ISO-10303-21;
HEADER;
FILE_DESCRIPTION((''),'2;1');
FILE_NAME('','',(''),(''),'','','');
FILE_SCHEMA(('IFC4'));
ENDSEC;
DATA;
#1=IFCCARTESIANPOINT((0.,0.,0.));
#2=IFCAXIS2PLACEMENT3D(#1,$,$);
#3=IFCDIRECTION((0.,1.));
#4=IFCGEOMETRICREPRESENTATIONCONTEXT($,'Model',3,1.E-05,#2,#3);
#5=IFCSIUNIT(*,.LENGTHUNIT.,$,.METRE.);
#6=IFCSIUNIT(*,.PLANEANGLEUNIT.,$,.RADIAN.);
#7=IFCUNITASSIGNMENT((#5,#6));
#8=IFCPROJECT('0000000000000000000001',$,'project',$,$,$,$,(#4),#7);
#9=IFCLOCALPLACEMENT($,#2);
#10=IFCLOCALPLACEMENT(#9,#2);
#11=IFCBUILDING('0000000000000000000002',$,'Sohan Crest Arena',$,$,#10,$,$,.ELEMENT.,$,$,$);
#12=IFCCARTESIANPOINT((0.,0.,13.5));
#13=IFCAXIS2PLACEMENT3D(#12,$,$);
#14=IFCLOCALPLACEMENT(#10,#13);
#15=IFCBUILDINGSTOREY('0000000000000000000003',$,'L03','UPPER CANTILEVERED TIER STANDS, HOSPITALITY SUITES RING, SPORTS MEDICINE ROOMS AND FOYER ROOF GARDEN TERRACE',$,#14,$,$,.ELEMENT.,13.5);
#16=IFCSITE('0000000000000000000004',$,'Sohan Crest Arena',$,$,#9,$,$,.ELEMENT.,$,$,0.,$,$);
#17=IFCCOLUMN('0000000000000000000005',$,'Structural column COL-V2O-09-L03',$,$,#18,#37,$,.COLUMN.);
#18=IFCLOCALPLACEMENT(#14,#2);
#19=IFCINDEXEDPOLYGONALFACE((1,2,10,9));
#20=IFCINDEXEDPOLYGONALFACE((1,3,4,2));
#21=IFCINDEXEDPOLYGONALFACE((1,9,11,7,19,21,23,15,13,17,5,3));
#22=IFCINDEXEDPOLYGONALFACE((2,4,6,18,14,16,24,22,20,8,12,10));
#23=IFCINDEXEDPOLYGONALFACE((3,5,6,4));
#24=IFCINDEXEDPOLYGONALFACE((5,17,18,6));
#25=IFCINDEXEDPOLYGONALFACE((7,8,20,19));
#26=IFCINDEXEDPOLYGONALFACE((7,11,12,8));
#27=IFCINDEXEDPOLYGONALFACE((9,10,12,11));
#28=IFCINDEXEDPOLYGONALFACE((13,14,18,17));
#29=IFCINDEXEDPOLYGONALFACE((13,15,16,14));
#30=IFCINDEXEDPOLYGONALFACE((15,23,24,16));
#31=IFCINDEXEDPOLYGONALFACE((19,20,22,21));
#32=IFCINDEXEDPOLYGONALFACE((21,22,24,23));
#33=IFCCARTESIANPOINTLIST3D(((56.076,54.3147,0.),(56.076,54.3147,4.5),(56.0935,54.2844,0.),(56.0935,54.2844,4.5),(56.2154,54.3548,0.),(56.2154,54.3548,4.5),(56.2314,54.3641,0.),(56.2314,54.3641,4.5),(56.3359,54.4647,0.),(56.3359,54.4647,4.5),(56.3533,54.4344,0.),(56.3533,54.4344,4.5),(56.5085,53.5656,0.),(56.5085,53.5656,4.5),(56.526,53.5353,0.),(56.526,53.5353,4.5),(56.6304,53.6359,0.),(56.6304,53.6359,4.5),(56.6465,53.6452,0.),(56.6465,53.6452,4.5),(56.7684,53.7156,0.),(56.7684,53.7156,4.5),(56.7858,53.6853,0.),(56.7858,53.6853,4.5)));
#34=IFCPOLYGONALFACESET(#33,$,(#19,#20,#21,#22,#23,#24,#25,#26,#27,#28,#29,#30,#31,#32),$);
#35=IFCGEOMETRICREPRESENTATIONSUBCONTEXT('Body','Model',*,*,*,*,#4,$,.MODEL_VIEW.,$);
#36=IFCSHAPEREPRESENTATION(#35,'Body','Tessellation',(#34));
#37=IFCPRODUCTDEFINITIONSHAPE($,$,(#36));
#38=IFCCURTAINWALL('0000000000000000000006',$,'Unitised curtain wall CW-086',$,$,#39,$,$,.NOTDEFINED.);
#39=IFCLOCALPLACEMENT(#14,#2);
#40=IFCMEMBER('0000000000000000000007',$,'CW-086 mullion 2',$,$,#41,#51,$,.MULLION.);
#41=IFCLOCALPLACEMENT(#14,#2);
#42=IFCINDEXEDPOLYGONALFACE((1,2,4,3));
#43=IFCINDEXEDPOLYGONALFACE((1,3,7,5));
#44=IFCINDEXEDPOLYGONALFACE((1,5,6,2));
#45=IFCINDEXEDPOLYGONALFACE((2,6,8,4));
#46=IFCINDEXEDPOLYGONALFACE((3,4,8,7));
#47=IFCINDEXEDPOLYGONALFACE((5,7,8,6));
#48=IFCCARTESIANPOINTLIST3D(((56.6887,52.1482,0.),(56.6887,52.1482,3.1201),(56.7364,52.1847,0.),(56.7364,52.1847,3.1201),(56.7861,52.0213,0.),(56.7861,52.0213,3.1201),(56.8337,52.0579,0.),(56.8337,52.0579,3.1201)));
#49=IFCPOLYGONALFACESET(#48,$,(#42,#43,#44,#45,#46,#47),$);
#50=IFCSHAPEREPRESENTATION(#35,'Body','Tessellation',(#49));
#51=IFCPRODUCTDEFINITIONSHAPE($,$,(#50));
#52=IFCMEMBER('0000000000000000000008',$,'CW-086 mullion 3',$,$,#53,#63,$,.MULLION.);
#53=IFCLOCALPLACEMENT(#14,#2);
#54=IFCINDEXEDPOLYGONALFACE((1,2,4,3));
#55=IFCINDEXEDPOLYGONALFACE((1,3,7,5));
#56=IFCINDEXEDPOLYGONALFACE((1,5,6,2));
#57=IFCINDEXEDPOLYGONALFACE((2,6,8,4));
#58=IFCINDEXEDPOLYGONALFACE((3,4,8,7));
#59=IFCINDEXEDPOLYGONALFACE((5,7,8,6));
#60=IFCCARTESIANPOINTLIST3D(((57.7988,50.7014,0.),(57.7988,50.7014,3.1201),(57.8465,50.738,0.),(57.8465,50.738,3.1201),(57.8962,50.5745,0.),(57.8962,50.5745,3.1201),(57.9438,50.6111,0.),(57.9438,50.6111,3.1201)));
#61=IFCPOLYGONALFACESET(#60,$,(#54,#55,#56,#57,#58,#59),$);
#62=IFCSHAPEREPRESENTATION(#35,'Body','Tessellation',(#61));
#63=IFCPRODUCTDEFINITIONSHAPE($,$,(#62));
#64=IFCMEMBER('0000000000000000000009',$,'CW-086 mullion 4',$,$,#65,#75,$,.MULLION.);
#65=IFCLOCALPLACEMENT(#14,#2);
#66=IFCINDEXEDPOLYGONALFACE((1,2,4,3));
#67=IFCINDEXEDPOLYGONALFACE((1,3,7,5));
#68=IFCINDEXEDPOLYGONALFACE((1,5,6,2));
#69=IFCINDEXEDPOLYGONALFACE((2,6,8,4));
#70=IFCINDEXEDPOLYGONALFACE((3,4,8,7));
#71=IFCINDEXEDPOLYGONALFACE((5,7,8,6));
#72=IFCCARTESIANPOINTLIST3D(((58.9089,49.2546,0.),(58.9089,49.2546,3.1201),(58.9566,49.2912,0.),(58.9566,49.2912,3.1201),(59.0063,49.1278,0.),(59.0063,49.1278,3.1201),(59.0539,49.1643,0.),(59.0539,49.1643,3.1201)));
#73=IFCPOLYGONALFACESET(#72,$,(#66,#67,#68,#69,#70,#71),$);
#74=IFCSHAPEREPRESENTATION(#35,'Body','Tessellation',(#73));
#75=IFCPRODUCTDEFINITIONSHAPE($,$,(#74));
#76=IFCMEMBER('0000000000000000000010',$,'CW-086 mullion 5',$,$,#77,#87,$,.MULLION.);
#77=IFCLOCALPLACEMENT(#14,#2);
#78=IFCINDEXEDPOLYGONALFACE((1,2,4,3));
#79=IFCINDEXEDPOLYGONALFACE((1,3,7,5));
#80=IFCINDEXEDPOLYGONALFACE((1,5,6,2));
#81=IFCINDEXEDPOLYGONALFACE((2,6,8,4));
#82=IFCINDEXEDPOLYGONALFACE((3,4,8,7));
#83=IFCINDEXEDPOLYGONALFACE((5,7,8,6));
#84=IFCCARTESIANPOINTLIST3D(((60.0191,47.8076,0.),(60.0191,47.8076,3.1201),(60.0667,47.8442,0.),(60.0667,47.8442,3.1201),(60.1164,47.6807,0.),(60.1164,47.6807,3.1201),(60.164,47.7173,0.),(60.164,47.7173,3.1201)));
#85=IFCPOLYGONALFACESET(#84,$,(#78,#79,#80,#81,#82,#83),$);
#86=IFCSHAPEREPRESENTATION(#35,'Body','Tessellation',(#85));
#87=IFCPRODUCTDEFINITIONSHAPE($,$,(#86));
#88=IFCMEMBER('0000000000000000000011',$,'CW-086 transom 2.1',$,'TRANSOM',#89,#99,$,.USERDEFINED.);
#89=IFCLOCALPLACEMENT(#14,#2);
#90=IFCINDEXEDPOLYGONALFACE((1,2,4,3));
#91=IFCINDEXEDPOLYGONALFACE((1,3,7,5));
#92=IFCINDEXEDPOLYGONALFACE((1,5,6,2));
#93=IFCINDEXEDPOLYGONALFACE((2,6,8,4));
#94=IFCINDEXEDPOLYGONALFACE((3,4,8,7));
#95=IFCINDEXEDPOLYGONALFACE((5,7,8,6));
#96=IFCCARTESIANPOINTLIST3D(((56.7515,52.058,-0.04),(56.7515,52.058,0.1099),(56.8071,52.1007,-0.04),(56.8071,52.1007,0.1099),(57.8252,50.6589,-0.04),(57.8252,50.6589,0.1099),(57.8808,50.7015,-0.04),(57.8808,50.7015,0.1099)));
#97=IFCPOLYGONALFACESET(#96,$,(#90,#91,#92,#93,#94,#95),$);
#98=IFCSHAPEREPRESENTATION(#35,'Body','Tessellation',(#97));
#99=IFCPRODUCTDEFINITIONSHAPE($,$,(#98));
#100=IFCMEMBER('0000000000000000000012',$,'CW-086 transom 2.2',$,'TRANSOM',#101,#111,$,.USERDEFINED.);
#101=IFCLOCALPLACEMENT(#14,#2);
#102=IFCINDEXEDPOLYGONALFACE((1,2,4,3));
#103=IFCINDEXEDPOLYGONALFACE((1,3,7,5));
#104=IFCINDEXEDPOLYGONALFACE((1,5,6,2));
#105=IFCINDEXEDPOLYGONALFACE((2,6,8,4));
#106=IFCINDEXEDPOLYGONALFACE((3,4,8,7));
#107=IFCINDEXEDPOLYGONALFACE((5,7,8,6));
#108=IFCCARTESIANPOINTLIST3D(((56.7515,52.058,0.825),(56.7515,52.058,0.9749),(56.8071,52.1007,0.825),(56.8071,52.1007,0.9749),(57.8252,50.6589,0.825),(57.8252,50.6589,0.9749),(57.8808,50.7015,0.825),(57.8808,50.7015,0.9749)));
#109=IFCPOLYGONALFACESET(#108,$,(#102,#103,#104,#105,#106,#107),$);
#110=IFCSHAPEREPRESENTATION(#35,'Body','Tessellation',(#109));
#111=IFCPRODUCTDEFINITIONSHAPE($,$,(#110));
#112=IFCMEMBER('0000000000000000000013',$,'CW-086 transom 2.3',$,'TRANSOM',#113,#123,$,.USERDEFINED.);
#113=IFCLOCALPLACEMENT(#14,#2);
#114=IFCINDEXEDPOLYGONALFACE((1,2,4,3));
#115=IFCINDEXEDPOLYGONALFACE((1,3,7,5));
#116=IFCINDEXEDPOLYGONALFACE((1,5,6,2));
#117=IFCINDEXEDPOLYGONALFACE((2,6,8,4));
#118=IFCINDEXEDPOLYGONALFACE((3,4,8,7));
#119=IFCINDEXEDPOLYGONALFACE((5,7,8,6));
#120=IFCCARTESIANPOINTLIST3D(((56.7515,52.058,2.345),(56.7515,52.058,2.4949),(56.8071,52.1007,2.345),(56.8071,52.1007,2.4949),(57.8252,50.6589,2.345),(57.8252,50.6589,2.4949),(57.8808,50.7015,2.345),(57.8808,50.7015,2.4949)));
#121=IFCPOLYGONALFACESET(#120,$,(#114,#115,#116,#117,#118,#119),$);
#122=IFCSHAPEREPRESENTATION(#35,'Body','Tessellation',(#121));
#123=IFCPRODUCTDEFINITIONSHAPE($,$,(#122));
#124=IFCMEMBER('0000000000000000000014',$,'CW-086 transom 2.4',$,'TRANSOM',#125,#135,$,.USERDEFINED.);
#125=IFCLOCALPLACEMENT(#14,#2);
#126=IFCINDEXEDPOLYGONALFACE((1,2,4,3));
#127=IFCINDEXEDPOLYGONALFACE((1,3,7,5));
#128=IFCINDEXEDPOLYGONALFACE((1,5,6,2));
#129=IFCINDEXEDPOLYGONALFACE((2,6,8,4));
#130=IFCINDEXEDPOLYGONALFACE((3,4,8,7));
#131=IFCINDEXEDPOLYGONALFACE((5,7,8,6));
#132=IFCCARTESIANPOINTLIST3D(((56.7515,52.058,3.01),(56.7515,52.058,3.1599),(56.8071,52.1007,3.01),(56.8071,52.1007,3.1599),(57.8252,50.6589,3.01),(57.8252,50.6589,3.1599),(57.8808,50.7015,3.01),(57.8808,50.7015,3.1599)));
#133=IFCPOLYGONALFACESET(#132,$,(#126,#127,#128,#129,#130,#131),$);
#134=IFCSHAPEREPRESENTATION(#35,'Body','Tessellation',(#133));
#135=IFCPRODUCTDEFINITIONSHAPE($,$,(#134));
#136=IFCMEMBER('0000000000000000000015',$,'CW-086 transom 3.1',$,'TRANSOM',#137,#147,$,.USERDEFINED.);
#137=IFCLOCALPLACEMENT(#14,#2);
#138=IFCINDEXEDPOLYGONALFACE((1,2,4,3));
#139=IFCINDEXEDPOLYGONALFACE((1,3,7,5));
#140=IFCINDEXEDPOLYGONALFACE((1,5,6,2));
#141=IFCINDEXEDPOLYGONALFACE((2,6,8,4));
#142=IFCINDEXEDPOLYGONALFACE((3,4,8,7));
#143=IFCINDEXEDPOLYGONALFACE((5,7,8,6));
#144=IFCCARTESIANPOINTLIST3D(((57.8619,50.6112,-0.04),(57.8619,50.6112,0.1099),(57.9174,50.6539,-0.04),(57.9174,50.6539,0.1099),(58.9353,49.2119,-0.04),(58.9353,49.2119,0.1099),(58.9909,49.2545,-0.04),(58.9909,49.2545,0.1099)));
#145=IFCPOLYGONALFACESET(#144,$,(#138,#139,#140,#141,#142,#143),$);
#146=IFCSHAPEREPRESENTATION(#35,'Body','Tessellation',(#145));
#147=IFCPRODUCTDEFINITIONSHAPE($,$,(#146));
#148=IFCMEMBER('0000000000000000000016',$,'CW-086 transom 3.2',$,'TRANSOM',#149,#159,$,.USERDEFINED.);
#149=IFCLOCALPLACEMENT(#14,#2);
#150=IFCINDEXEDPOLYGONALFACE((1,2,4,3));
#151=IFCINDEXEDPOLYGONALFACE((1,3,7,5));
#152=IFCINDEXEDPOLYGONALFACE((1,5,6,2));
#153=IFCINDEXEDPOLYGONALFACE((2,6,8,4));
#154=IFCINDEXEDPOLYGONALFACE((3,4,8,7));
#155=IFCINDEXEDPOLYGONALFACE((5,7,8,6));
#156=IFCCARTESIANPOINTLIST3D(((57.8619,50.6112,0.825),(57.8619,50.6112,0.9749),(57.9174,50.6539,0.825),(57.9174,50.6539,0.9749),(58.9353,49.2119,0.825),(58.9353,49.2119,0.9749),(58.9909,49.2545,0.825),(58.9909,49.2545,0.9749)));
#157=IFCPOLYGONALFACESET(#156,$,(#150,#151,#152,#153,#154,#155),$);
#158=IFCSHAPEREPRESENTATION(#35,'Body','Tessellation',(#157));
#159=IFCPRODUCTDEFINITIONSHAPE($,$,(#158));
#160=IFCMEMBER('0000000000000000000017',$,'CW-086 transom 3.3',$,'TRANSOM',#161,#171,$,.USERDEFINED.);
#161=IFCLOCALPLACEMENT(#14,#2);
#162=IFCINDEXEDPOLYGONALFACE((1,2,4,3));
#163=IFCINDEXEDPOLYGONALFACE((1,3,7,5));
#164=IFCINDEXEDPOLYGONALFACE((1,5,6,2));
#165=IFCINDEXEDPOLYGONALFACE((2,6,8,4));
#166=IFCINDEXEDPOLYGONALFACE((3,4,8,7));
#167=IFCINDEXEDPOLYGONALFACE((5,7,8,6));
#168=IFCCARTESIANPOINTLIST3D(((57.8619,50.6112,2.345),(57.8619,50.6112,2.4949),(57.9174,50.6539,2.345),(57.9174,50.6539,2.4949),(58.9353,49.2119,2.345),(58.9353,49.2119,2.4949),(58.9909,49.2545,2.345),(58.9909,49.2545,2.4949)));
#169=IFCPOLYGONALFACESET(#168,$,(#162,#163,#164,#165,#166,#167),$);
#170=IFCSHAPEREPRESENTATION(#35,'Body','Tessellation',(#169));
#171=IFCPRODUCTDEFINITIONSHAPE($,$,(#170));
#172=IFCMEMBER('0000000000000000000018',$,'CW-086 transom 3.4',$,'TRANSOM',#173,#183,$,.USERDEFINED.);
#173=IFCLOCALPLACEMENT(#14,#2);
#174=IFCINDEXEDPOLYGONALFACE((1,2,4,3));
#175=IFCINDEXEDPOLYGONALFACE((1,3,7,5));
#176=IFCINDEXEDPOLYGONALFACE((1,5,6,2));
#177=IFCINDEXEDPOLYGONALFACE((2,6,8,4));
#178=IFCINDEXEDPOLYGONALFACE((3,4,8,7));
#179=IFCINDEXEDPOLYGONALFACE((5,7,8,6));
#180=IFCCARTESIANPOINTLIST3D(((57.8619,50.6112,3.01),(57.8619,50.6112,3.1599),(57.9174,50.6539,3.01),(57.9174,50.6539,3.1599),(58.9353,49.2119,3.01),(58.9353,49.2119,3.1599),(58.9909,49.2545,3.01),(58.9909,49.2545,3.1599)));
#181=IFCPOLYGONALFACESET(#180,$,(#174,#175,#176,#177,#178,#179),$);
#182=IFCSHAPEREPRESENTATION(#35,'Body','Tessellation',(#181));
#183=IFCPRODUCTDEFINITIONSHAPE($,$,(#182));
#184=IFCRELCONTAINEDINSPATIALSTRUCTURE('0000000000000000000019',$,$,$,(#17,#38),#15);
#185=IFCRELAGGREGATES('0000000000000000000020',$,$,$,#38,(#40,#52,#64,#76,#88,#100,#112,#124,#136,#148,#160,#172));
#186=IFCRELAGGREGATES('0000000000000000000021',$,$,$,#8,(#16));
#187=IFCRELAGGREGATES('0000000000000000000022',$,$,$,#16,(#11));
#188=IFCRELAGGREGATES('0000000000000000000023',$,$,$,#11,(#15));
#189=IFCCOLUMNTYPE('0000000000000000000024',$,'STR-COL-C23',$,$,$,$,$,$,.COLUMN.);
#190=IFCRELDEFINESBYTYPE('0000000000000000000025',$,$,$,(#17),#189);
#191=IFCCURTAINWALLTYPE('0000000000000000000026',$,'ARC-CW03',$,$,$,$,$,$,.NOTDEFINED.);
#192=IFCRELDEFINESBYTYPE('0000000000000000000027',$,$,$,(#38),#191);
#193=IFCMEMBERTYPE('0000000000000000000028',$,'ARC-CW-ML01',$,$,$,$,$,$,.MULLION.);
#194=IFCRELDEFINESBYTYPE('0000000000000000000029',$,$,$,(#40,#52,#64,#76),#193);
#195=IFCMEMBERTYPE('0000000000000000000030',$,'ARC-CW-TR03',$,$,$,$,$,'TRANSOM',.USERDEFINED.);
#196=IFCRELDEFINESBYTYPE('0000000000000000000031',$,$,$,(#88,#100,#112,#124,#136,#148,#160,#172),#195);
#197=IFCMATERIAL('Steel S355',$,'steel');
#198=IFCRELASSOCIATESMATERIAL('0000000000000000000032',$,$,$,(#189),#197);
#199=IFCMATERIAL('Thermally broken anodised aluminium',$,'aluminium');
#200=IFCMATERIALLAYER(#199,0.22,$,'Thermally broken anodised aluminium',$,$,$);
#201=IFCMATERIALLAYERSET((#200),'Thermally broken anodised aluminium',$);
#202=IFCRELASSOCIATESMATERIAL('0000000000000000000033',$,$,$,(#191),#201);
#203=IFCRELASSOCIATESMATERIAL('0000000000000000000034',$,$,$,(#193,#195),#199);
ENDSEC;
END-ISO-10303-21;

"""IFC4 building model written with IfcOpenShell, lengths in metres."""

from ifc_helpers import new_model, si_unit, direction, frame, origin, origin_2d, place, context, subcontext, project, spatial, rectangle, i_section, extrude, material, layer, layer_set, material_profile, profile_set, type_object, element, aggregate, save


model = new_model("IFC4")

# Units and contexts
model_context = context("Model", 3, precision=1e-05, world=origin(), true_north=direction((0.0, 1.0)))
body_context = subcontext(model_context, "Body", "Model", "MODEL_VIEW")
ifc_project = project(units=[si_unit("LENGTHUNIT", "METRE"), si_unit("PLANEANGLEUNIT", "RADIAN")], contexts=[model_context])

# Site, building, storey
site_placement = place(None, origin())
site = spatial("IfcSite", under=ifc_project, at=site_placement, Name="Sohan Crest Arena", CompositionType="ELEMENT", RefElevation=0.0)
building_placement = place(site_placement, origin())
building = spatial("IfcBuilding", under=site, at=building_placement, Name="Sohan Crest Arena", CompositionType="ELEMENT")
storey_placement = place(building_placement, frame((0.0, 0.0, 13.5)))
storey = spatial("IfcBuildingStorey", under=building, at=storey_placement, Name="L03", Description="UPPER CANTILEVERED TIER STANDS, HOSPITALITY SUITES RING, SPORTS MEDICINE ROOMS AND FOYER ROOF GARDEN TERRACE", CompositionType="ELEMENT", Elevation=13.5)

# Column
ifc_material_1 = material(Name="Steel S355", Category="steel")
ifc_material_profile_1 = material_profile(ifc_material_1, i_section(OverallWidth=0.3, OverallDepth=0.8999, WebThickness=0.0186, FlangeThickness=0.0349, at=origin_2d()), Name="HEB 900")
ifc_profile_set_1 = profile_set([ifc_material_profile_1], Name="Steel S355")
column_type = type_object("IfcColumnType", Name="STR-COL-C23", PredefinedType="COLUMN", material=ifc_profile_set_1)
column_placement = place(storey_placement, frame((56.4309, 54.0, 0.0), z_axis=(0.0, 0.0, 1.0), x_axis=(0.866025, 0.5, 0.0)))
element("IfcColumn", 1, at=column_placement, inside=storey, type_object=column_type, Name="Structural column COL-V2O-09-L03", PredefinedType="COLUMN", context=body_context, shape_type="SweptSolid", body=[
    extrude(i_section(OverallWidth=0.3, OverallDepth=0.8999, WebThickness=0.0186, FlangeThickness=0.0349, at=origin_2d()), origin(), (0.0, 0.0, 1.0), 4.5),
])

# Curtain wall, members
ifc_material_2 = material(Name="Thermally broken anodised aluminium", Category="aluminium")
ifc_layer_1 = layer(ifc_material_2, 0.22, Name="Thermally broken anodised aluminium")
ifc_layer_set_1 = layer_set([ifc_layer_1], Name="Thermally broken anodised aluminium")
curtain_wall_type = type_object("IfcCurtainWallType", Name="ARC-CW03", PredefinedType="NOTDEFINED", material=ifc_layer_set_1)
curtain_wall_placement = place(storey_placement, origin())
curtain_wall = element("IfcCurtainWall", 2, at=curtain_wall_placement, inside=storey, type_object=curtain_wall_type, Name="Unitised curtain wall CW-086", PredefinedType="NOTDEFINED")
ifc_material_profile_2 = material_profile(ifc_material_2, rectangle(XDim=0.0601, YDim=0.1599, at=origin_2d()), Name="ALU-MULL 60x160")
ifc_profile_set_2 = profile_set([ifc_material_profile_2], Name="Thermally broken anodised aluminium")
member_type_1 = type_object("IfcMemberType", Name="ARC-CW-ML01", PredefinedType="MULLION", material=ifc_profile_set_2)
member_1_placement = place(storey_placement, frame((56.7612, 52.103, 0.0), z_axis=(0.0, 0.0, 1.0), x_axis=(0.793372, 0.608737, 0.0)))
member_1 = element("IfcMember", 3, at=member_1_placement, type_object=member_type_1, Name="CW-086 mullion 2", PredefinedType="MULLION", context=body_context, shape_type="SweptSolid", body=[
    extrude(rectangle(XDim=0.0601, YDim=0.1599, at=origin_2d()), origin(), (0.0, 0.0, 1.0), 3.1201),
])
member_2_placement = place(storey_placement, frame((57.8713, 50.6562, 0.0), z_axis=(0.0, 0.0, 1.0), x_axis=(0.793372, 0.608737, 0.0)))
member_2 = element("IfcMember", 4, at=member_2_placement, type_object=member_type_1, Name="CW-086 mullion 3", PredefinedType="MULLION", context=body_context, shape_type="SweptSolid", body=[
    extrude(rectangle(XDim=0.0601, YDim=0.1599, at=origin_2d()), origin(), (0.0, 0.0, 1.0), 3.1201),
])
member_3_placement = place(storey_placement, frame((58.9814, 49.2095, 0.0), z_axis=(0.0, 0.0, 1.0), x_axis=(0.793372, 0.608737, 0.0)))
member_3 = element("IfcMember", 5, at=member_3_placement, type_object=member_type_1, Name="CW-086 mullion 4", PredefinedType="MULLION", context=body_context, shape_type="SweptSolid", body=[
    extrude(rectangle(XDim=0.0601, YDim=0.1599, at=origin_2d()), origin(), (0.0, 0.0, 1.0), 3.1201),
])
member_4_placement = place(storey_placement, frame((60.0916, 47.7625, 0.0), z_axis=(0.0, 0.0, 1.0), x_axis=(0.793372, 0.608737, 0.0)))
member_4 = element("IfcMember", 6, at=member_4_placement, type_object=member_type_1, Name="CW-086 mullion 5", PredefinedType="MULLION", context=body_context, shape_type="SweptSolid", body=[
    extrude(rectangle(XDim=0.0601, YDim=0.1599, at=origin_2d()), origin(), (0.0, 0.0, 1.0), 3.1201),
])
ifc_material_profile_3 = material_profile(ifc_material_2, rectangle(XDim=0.0701, YDim=0.1499, at=origin_2d()), Name="ALU-TRAN 70x150")
ifc_profile_set_3 = profile_set([ifc_material_profile_3], Name="Thermally broken anodised aluminium")
member_type_2 = type_object("IfcMemberType", Name="ARC-CW-TR03", ElementType="TRANSOM", PredefinedType="USERDEFINED", material=ifc_profile_set_3)
member_5_placement = place(storey_placement, frame((56.7793, 52.0793, 0.0349), z_axis=(0.608801, -0.793323, 0.0), x_axis=(0.793323, 0.608801, 0.0)))
member_5 = element("IfcMember", 7, at=member_5_placement, type_object=member_type_2, Name="CW-086 transom 2.1", ObjectType="TRANSOM", PredefinedType="USERDEFINED", context=body_context, shape_type="SweptSolid", body=[
    extrude(rectangle(XDim=0.0701, YDim=0.1499, at=origin_2d()), origin(), (0.0, 0.0, 1.0), 1.7637),
])
member_6_placement = place(storey_placement, frame((56.7793, 52.0793, 0.8999), z_axis=(0.608801, -0.793323, 0.0), x_axis=(0.793323, 0.608801, 0.0)))
member_6 = element("IfcMember", 8, at=member_6_placement, type_object=member_type_2, Name="CW-086 transom 2.2", ObjectType="TRANSOM", PredefinedType="USERDEFINED", context=body_context, shape_type="SweptSolid", body=[
    extrude(rectangle(XDim=0.0701, YDim=0.1499, at=origin_2d()), origin(), (0.0, 0.0, 1.0), 1.7637),
])
member_7_placement = place(storey_placement, frame((56.7793, 52.0793, 2.4199), z_axis=(0.608801, -0.793323, 0.0), x_axis=(0.793323, 0.608801, 0.0)))
member_7 = element("IfcMember", 9, at=member_7_placement, type_object=member_type_2, Name="CW-086 transom 2.3", ObjectType="TRANSOM", PredefinedType="USERDEFINED", context=body_context, shape_type="SweptSolid", body=[
    extrude(rectangle(XDim=0.0701, YDim=0.1499, at=origin_2d()), origin(), (0.0, 0.0, 1.0), 1.7637),
])
member_8_placement = place(storey_placement, frame((56.7793, 52.0793, 3.085), z_axis=(0.608801, -0.793323, 0.0), x_axis=(0.793323, 0.608801, 0.0)))
member_8 = element("IfcMember", 10, at=member_8_placement, type_object=member_type_2, Name="CW-086 transom 2.4", ObjectType="TRANSOM", PredefinedType="USERDEFINED", context=body_context, shape_type="SweptSolid", body=[
    extrude(rectangle(XDim=0.0701, YDim=0.1499, at=origin_2d()), origin(), (0.0, 0.0, 1.0), 1.7637),
])
member_9_placement = place(storey_placement, frame((57.8896, 50.6326, 0.0349), z_axis=(0.608647, -0.793441, 0.0), x_axis=(0.793441, 0.608647, 0.0)))
member_9 = element("IfcMember", 11, at=member_9_placement, type_object=member_type_2, Name="CW-086 transom 3.1", ObjectType="TRANSOM", PredefinedType="USERDEFINED", context=body_context, shape_type="SweptSolid", body=[
    extrude(rectangle(XDim=0.0701, YDim=0.1499, at=origin_2d()), origin(), (0.0, 0.0, 1.0), 1.7637),
])
member_10_placement = place(storey_placement, frame((57.8896, 50.6326, 0.8999), z_axis=(0.608647, -0.793441, 0.0), x_axis=(0.793441, 0.608647, 0.0)))
member_10 = element("IfcMember", 12, at=member_10_placement, type_object=member_type_2, Name="CW-086 transom 3.2", ObjectType="TRANSOM", PredefinedType="USERDEFINED", context=body_context, shape_type="SweptSolid", body=[
    extrude(rectangle(XDim=0.0701, YDim=0.1499, at=origin_2d()), origin(), (0.0, 0.0, 1.0), 1.7637),
])
member_11_placement = place(storey_placement, frame((57.8896, 50.6326, 2.4199), z_axis=(0.608647, -0.793441, 0.0), x_axis=(0.793441, 0.608647, 0.0)))
member_11 = element("IfcMember", 13, at=member_11_placement, type_object=member_type_2, Name="CW-086 transom 3.3", ObjectType="TRANSOM", PredefinedType="USERDEFINED", context=body_context, shape_type="SweptSolid", body=[
    extrude(rectangle(XDim=0.0701, YDim=0.1499, at=origin_2d()), origin(), (0.0, 0.0, 1.0), 1.7637),
])
member_12_placement = place(storey_placement, frame((57.8896, 50.6326, 3.085), z_axis=(0.608647, -0.793441, 0.0), x_axis=(0.793441, 0.608647, 0.0)))
member_12 = element("IfcMember", 14, at=member_12_placement, type_object=member_type_2, Name="CW-086 transom 3.4", ObjectType="TRANSOM", PredefinedType="USERDEFINED", context=body_context, shape_type="SweptSolid", body=[
    extrude(rectangle(XDim=0.0701, YDim=0.1499, at=origin_2d()), origin(), (0.0, 0.0, 1.0), 1.7637),
])

aggregate(curtain_wall, [member_1, member_2, member_3, member_4, member_5, member_6, member_7, member_8, member_9, member_10, member_11, member_12])

save(model, "model.ifc")
